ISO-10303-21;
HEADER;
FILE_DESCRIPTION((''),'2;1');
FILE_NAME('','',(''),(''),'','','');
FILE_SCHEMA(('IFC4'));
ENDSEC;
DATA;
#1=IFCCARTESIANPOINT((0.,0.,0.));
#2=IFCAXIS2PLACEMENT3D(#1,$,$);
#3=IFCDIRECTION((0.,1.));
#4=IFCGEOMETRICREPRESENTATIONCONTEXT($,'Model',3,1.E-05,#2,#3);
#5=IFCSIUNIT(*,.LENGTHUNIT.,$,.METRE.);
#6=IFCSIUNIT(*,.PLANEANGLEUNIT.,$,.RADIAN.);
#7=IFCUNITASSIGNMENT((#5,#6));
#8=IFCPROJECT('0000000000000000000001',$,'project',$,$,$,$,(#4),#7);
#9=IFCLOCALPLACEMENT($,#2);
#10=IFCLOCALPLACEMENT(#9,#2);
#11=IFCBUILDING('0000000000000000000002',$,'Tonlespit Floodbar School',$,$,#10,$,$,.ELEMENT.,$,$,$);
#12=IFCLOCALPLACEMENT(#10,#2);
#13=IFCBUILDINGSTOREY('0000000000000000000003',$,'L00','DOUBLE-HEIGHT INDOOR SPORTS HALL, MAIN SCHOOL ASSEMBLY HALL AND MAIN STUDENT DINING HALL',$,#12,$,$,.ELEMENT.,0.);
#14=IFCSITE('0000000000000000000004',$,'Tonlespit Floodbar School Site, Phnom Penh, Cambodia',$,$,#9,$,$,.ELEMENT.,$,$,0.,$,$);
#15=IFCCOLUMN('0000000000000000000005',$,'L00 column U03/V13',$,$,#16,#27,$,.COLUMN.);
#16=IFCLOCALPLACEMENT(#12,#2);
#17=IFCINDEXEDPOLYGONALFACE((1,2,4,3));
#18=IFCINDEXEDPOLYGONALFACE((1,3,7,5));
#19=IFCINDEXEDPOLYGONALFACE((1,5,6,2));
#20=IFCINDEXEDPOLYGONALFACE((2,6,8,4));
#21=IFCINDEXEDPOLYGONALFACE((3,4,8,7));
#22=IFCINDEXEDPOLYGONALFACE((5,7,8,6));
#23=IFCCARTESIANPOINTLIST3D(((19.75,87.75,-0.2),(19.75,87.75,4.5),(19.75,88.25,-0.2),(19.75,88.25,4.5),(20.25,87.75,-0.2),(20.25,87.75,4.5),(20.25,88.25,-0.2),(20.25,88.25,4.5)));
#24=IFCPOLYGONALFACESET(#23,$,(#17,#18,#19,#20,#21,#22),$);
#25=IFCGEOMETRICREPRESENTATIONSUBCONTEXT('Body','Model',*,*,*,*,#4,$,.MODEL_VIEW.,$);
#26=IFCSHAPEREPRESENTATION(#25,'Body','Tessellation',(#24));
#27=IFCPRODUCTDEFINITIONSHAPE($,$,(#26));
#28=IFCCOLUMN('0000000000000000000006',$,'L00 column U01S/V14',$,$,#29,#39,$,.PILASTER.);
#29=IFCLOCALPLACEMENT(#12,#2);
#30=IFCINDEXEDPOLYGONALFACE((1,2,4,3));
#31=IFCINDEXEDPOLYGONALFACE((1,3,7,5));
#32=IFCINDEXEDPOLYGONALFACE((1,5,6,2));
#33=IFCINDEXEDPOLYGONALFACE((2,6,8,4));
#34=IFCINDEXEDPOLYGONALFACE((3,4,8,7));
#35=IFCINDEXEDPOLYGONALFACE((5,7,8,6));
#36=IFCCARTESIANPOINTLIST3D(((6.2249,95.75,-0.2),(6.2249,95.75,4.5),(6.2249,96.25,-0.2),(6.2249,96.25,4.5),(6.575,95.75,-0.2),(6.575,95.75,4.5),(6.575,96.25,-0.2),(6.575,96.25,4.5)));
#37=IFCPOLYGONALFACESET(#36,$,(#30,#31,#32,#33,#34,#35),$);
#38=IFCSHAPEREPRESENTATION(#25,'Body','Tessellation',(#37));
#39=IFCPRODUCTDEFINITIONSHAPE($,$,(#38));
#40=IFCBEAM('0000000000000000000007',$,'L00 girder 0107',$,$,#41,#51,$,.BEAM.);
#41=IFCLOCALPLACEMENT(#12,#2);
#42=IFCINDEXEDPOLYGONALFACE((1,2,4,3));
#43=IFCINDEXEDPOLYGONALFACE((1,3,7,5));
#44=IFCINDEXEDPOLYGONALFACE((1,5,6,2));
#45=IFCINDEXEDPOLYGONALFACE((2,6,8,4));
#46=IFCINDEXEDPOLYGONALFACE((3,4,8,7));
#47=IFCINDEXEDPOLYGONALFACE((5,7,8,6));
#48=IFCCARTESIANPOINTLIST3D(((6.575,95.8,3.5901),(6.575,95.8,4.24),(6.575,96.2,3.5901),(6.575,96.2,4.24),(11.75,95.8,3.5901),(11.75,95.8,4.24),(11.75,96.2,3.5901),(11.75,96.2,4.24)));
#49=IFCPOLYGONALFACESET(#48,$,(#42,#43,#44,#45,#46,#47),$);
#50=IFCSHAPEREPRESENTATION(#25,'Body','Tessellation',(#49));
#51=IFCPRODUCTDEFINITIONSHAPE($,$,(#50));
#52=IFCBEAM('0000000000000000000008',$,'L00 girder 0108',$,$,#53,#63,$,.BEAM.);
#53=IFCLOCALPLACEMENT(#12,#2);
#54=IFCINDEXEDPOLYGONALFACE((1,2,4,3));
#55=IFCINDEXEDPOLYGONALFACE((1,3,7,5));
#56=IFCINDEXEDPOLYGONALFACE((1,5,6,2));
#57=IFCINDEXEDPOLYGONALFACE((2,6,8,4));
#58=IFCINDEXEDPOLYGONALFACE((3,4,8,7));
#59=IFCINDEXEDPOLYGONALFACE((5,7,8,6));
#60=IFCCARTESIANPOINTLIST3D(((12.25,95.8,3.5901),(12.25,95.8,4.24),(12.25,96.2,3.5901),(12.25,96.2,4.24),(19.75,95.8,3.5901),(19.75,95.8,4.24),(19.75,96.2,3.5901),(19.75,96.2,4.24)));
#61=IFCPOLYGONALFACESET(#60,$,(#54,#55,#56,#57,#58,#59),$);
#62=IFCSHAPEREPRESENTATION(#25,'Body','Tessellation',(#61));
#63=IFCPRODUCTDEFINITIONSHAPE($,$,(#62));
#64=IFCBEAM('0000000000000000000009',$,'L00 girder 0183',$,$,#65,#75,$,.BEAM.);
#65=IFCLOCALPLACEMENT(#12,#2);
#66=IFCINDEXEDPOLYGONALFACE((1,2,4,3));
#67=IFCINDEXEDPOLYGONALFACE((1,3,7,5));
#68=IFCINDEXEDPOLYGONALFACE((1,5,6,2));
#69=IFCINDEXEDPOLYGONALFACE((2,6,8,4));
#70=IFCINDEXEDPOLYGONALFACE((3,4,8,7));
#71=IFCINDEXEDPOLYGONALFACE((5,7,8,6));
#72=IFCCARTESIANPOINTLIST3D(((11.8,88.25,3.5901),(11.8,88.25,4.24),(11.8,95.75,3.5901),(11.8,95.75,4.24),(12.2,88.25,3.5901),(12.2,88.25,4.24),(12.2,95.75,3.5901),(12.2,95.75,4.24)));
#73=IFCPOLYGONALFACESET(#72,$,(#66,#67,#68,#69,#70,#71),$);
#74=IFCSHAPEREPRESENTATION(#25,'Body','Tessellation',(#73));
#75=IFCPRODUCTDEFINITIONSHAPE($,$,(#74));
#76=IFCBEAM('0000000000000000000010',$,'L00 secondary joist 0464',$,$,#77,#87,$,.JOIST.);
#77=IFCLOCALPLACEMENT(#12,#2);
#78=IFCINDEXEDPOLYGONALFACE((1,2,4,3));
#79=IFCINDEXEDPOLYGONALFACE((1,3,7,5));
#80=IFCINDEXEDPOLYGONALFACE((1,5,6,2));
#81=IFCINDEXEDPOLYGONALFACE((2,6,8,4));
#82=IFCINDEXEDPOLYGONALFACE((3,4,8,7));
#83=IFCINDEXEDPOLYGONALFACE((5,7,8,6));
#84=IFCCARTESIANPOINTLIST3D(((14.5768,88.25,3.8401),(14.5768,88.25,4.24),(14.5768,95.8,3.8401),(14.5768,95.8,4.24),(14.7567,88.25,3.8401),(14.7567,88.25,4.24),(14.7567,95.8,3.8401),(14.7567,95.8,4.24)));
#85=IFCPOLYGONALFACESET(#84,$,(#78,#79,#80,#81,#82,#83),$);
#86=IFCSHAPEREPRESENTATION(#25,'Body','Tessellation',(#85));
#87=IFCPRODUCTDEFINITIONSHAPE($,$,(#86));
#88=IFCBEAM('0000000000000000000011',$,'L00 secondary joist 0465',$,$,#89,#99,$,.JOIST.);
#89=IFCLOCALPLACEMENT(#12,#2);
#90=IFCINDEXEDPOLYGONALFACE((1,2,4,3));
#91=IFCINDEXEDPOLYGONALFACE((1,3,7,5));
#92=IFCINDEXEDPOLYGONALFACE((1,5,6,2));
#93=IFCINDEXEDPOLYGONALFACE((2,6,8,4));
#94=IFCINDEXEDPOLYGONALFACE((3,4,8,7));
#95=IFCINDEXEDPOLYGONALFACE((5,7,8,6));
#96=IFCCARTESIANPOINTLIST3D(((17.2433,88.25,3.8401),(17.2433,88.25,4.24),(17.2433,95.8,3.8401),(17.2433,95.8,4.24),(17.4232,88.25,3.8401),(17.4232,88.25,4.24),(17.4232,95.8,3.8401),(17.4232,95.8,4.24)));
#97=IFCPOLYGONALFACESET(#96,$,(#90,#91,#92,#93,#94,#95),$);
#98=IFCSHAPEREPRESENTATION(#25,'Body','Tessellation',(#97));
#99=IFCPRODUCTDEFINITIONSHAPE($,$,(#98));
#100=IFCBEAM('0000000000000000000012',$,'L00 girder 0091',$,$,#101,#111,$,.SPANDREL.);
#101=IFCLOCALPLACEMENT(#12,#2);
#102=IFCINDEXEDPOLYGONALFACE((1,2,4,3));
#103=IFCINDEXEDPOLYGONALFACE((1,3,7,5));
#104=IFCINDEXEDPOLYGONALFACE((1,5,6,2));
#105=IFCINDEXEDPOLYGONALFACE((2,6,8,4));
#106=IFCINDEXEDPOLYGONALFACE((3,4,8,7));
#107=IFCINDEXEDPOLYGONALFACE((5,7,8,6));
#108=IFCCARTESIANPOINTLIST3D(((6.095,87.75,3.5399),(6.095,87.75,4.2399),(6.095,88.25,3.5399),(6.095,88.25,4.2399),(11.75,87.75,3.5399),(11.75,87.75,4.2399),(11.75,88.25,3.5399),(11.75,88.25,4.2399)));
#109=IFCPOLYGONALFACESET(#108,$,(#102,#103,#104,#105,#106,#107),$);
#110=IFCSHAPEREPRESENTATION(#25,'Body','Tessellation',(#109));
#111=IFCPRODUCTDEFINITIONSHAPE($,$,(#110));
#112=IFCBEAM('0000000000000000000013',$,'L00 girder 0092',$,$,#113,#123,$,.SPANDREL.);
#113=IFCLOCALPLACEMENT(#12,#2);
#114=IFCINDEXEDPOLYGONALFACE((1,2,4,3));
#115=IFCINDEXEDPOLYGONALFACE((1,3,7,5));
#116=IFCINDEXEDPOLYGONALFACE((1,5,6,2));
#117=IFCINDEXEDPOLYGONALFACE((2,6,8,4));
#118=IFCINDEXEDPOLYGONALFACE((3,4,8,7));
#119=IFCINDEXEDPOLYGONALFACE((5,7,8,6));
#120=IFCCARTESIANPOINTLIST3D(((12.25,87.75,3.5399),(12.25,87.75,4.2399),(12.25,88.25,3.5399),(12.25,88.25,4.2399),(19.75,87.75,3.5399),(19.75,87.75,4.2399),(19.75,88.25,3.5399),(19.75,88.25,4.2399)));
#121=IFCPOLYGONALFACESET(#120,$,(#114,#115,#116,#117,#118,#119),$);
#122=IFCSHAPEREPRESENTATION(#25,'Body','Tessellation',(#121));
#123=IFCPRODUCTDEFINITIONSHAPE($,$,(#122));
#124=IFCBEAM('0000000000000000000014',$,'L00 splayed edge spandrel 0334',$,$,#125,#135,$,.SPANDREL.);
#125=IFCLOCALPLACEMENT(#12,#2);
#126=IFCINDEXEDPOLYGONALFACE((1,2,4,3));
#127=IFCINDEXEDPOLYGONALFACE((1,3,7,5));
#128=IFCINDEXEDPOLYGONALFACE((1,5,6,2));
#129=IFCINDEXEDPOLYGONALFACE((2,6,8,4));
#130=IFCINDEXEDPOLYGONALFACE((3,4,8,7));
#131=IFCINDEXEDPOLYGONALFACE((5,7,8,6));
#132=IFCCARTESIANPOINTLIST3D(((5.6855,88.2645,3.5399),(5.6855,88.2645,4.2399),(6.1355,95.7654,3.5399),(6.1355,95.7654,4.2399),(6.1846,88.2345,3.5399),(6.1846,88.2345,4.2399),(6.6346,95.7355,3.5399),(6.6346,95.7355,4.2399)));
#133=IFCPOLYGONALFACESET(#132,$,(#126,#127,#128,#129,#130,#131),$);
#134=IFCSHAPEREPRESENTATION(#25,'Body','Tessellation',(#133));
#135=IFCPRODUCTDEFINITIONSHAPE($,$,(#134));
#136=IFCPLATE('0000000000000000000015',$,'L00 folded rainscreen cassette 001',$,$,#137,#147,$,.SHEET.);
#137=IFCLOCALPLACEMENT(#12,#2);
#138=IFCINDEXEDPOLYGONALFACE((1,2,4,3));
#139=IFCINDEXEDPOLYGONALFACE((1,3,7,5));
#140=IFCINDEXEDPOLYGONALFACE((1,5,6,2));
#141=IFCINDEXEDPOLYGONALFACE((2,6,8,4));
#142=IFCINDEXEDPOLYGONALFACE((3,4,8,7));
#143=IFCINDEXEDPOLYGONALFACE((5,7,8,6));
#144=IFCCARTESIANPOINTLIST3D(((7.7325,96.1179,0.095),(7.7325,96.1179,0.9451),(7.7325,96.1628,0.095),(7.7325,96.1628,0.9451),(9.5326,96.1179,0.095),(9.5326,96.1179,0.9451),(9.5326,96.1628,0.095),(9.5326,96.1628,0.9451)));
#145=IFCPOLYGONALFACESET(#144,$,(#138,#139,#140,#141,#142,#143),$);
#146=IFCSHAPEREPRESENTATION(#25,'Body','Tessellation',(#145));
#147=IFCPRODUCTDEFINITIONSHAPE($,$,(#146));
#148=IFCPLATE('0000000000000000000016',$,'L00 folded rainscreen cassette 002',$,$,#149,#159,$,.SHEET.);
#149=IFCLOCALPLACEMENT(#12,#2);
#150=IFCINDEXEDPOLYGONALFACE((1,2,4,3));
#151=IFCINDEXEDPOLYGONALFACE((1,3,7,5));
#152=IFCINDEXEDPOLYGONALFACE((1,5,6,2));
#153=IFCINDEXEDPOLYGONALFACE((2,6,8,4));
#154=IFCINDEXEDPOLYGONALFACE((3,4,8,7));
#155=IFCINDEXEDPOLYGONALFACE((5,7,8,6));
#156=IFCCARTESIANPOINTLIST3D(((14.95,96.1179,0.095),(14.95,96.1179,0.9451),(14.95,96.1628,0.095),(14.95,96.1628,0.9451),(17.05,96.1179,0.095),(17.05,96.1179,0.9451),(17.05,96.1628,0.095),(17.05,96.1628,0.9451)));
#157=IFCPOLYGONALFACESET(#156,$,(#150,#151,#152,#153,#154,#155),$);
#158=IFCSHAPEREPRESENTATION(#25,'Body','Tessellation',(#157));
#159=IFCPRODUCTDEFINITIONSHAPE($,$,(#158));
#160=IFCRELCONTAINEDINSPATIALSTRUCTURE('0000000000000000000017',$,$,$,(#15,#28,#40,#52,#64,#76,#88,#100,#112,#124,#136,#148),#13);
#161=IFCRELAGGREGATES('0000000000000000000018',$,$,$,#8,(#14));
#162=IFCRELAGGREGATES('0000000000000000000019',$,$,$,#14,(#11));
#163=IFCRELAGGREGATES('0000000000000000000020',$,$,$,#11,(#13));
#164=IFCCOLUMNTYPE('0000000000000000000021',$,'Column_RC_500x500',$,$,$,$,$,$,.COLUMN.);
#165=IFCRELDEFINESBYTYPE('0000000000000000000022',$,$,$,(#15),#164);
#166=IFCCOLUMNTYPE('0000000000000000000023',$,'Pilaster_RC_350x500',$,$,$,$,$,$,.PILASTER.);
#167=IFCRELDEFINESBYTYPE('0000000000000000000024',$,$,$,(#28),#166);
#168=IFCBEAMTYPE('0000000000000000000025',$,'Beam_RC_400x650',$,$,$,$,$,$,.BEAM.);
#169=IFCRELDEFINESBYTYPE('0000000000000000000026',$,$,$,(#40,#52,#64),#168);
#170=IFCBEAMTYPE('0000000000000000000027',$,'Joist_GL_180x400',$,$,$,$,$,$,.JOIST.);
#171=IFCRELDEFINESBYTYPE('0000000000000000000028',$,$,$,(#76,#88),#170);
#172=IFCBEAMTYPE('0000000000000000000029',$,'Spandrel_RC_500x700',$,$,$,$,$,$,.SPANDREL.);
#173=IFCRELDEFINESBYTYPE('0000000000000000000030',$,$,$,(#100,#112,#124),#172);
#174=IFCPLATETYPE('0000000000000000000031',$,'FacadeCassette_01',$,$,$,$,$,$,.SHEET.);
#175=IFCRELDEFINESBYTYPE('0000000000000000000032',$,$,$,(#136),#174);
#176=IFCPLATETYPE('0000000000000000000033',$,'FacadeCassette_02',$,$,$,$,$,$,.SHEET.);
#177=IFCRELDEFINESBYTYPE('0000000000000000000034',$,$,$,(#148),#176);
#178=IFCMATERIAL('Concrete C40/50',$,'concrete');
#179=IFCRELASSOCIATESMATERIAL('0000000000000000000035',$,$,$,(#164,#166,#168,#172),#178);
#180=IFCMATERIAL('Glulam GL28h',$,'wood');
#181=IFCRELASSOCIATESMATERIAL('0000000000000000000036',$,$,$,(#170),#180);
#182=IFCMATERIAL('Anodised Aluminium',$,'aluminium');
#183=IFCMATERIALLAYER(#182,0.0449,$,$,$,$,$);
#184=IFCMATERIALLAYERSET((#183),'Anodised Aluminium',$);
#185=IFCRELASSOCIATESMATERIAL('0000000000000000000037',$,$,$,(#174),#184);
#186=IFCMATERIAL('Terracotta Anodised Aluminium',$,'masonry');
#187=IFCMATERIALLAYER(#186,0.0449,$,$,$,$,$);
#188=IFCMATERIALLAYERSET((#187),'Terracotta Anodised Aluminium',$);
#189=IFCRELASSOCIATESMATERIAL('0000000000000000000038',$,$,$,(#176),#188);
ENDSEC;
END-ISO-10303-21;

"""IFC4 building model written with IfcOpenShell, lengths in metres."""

from ifc_helpers import new_model, si_unit, direction, frame, origin, origin_2d, place, context, subcontext, project, spatial, rectangle, extrude, material, layer, layer_set, material_profile, profile_set, type_object, element, save


model = new_model("IFC4")

# Units and contexts
model_context = context("Model", 3, precision=1e-05, world=origin(), true_north=direction((0.0, 1.0)))
body_context = subcontext(model_context, "Body", "Model", "MODEL_VIEW")
ifc_project = project(units=[si_unit("LENGTHUNIT", "METRE"), si_unit("PLANEANGLEUNIT", "RADIAN")], contexts=[model_context])

# Site, building, storey
site_placement = place(None, origin())
site = spatial("IfcSite", under=ifc_project, at=site_placement, Name="Tonlespit Floodbar School Site, Phnom Penh, Cambodia", CompositionType="ELEMENT", RefElevation=0.0)
building_placement = place(site_placement, origin())
building = spatial("IfcBuilding", under=site, at=building_placement, Name="Tonlespit Floodbar School", CompositionType="ELEMENT")
storey_placement = place(building_placement, origin())
storey = spatial("IfcBuildingStorey", under=building, at=storey_placement, Name="L00", Description="DOUBLE-HEIGHT INDOOR SPORTS HALL, MAIN SCHOOL ASSEMBLY HALL AND MAIN STUDENT DINING HALL", CompositionType="ELEMENT", Elevation=0.0)

# Shared definitions
ifc_material_1 = material(Name="Concrete C40/50", Category="concrete")

# Columns
ifc_material_profile_1 = material_profile(ifc_material_1, rectangle(XDim=0.5, YDim=0.5, at=origin_2d()), Name="RC 500x500")
ifc_profile_set_1 = profile_set([ifc_material_profile_1], Name="Concrete C40/50")
column_type_1 = type_object("IfcColumnType", Name="Column_RC_500x500", PredefinedType="COLUMN", material=ifc_profile_set_1)
for number, where, z_axis, x_axis, name in (
    (1, (20.0, 88.0, -0.2), (0.0, 0.0, 1.0), (1.0, 0.0, 0.0), "L00 column U03/V13"),
):
    element("IfcColumn", number, at=place(storey_placement, frame(where, z_axis=z_axis, x_axis=x_axis)), inside=storey, type_object=column_type_1, Name=name, PredefinedType="COLUMN", context=body_context, shape_type="SweptSolid", body=[
        extrude(rectangle(XDim=0.5, YDim=0.5, at=origin_2d()), origin(), (0.0, 0.0, 1.0), 4.7),
    ])
ifc_material_profile_2 = material_profile(ifc_material_1, rectangle(XDim=0.3501, YDim=0.5, at=origin_2d()), Name="RC 350x500")
ifc_profile_set_2 = profile_set([ifc_material_profile_2], Name="Concrete C40/50")
column_type_2 = type_object("IfcColumnType", Name="Pilaster_RC_350x500", PredefinedType="PILASTER", material=ifc_profile_set_2)
column_placement = place(storey_placement, frame((6.3999, 96.0, -0.2), z_axis=(0.0, 0.0, 1.0), x_axis=(1.0, 0.0, 0.0)))
element("IfcColumn", 2, at=column_placement, inside=storey, type_object=column_type_2, Name="L00 column U01S/V14", PredefinedType="PILASTER", context=body_context, shape_type="SweptSolid", body=[
    extrude(rectangle(XDim=0.3501, YDim=0.5, at=origin_2d()), origin(), (0.0, 0.0, 1.0), 4.7),
])

# Beams
ifc_material_profile_3 = material_profile(ifc_material_1, rectangle(XDim=0.3999, YDim=0.6499, at=origin_2d()), Name="RC 400x650")
ifc_profile_set_3 = profile_set([ifc_material_profile_3], Name="Concrete C40/50")
beam_type_1 = type_object("IfcBeamType", Name="Beam_RC_400x650", PredefinedType="BEAM", material=ifc_profile_set_3)
beam_1_placement = place(storey_placement, frame((6.575, 96.0, 3.915), z_axis=(1.0, 0.0, 0.0), x_axis=(0.0, 1.0, 0.0)))
element("IfcBeam", 3, at=beam_1_placement, inside=storey, type_object=beam_type_1, Name="L00 girder 0107", PredefinedType="BEAM", context=body_context, shape_type="SweptSolid", body=[
    extrude(rectangle(XDim=0.3999, YDim=0.6499, at=origin_2d()), origin(), (0.0, 0.0, 1.0), 5.175),
])
for number, where, z_axis, x_axis, name in (
    (4, (12.25, 96.0, 3.915), (1.0, 0.0, 0.0), (0.0, 1.0, 0.0), "L00 girder 0108"),
    (5, (12.0, 88.25, 3.915), (0.0, 1.0, 0.0), (-1.0, 0.0, 0.0), "L00 girder 0183"),
):
    element("IfcBeam", number, at=place(storey_placement, frame(where, z_axis=z_axis, x_axis=x_axis)), inside=storey, type_object=beam_type_1, Name=name, PredefinedType="BEAM", context=body_context, shape_type="SweptSolid", body=[
        extrude(rectangle(XDim=0.3999, YDim=0.6499, at=origin_2d()), origin(), (0.0, 0.0, 1.0), 7.5),
    ])
ifc_material_2 = material(Name="Glulam GL28h", Category="wood")
ifc_material_profile_4 = material_profile(ifc_material_2, rectangle(XDim=0.1799, YDim=0.3999, at=origin_2d()), Name="GL 180x400")
ifc_profile_set_4 = profile_set([ifc_material_profile_4], Name="Glulam GL28h")
beam_type_2 = type_object("IfcBeamType", Name="Joist_GL_180x400", PredefinedType="JOIST", material=ifc_profile_set_4)
for number, where, z_axis, x_axis, name in (
    (6, (14.6667, 88.25, 4.04), (0.0, 1.0, 0.0), (-1.0, 0.0, 0.0), "L00 secondary joist 0464"),
    (7, (17.3333, 88.25, 4.04), (0.0, 1.0, 0.0), (-1.0, 0.0, 0.0), "L00 secondary joist 0465"),
):
    element("IfcBeam", number, at=place(storey_placement, frame(where, z_axis=z_axis, x_axis=x_axis)), inside=storey, type_object=beam_type_2, Name=name, PredefinedType="JOIST", context=body_context, shape_type="SweptSolid", body=[
        extrude(rectangle(XDim=0.1799, YDim=0.3999, at=origin_2d()), origin(), (0.0, 0.0, 1.0), 7.55),
    ])
ifc_material_profile_5 = material_profile(ifc_material_1, rectangle(XDim=0.5, YDim=0.7, at=origin_2d()), Name="RC 500x700")
ifc_profile_set_5 = profile_set([ifc_material_profile_5], Name="Concrete C40/50")
beam_type_3 = type_object("IfcBeamType", Name="Spandrel_RC_500x700", PredefinedType="SPANDREL", material=ifc_profile_set_5)
beam_2_placement = place(storey_placement, frame((6.095, 88.0, 3.8899), z_axis=(1.0, 0.0, 0.0), x_axis=(0.0, 1.0, 0.0)))
element("IfcBeam", 8, at=beam_2_placement, inside=storey, type_object=beam_type_3, Name="L00 girder 0091", PredefinedType="SPANDREL", context=body_context, shape_type="SweptSolid", body=[
    extrude(rectangle(XDim=0.5, YDim=0.7, at=origin_2d()), origin(), (0.0, 0.0, 1.0), 5.655),
])
beam_3_placement = place(storey_placement, frame((12.25, 88.0, 3.8899), z_axis=(1.0, 0.0, 0.0), x_axis=(0.0, 1.0, 0.0)))
element("IfcBeam", 9, at=beam_3_placement, inside=storey, type_object=beam_type_3, Name="L00 girder 0092", PredefinedType="SPANDREL", context=body_context, shape_type="SweptSolid", body=[
    extrude(rectangle(XDim=0.5, YDim=0.7, at=origin_2d()), origin(), (0.0, 0.0, 1.0), 7.5),
])
beam_4_placement = place(storey_placement, frame((5.9351, 88.2495, 3.8899), z_axis=(0.059878, 0.998206, 0.0), x_axis=(-0.998206, 0.059878, 0.0)))
element("IfcBeam", 10, at=beam_4_placement, inside=storey, type_object=beam_type_3, Name="L00 splayed edge spandrel 0334", PredefinedType="SPANDREL", context=body_context, shape_type="SweptSolid", body=[
    extrude(rectangle(XDim=0.5, YDim=0.7, at=origin_2d()), origin(), (0.0, 0.0, 1.0), 7.5144),
])

# Plates
ifc_material_3 = material(Name="Anodised Aluminium", Category="aluminium")
ifc_layer_1 = layer(ifc_material_3, 0.0449)
ifc_layer_set_1 = layer_set([ifc_layer_1], Name="Anodised Aluminium")
plate_type_1 = type_object("IfcPlateType", Name="FacadeCassette_01", PredefinedType="SHEET", material=ifc_layer_set_1)
plate_1_placement = place(storey_placement, frame((8.6326, 96.1404, 0.095), z_axis=(0.0, 0.0, 1.0), x_axis=(1.0, 0.0, 0.0)))
element("IfcPlate", 11, at=plate_1_placement, inside=storey, type_object=plate_type_1, Name="L00 folded rainscreen cassette 001", PredefinedType="SHEET", context=body_context, shape_type="SweptSolid", body=[
    extrude(rectangle(XDim=1.8, YDim=0.0449, at=origin_2d()), origin(), (0.0, 0.0, 1.0), 0.8501),
])
ifc_material_4 = material(Name="Terracotta Anodised Aluminium", Category="masonry")
ifc_layer_2 = layer(ifc_material_4, 0.0449)
ifc_layer_set_2 = layer_set([ifc_layer_2], Name="Terracotta Anodised Aluminium")
plate_type_2 = type_object("IfcPlateType", Name="FacadeCassette_02", PredefinedType="SHEET", material=ifc_layer_set_2)
plate_2_placement = place(storey_placement, frame((16.0, 96.1404, 0.095), z_axis=(0.0, 0.0, 1.0), x_axis=(1.0, 0.0, 0.0)))
element("IfcPlate", 12, at=plate_2_placement, inside=storey, type_object=plate_type_2, Name="L00 folded rainscreen cassette 002", PredefinedType="SHEET", context=body_context, shape_type="SweptSolid", body=[
    extrude(rectangle(XDim=2.1001, YDim=0.0449, at=origin_2d()), origin(), (0.0, 0.0, 1.0), 0.8501),
])

save(model, "model.ifc")
